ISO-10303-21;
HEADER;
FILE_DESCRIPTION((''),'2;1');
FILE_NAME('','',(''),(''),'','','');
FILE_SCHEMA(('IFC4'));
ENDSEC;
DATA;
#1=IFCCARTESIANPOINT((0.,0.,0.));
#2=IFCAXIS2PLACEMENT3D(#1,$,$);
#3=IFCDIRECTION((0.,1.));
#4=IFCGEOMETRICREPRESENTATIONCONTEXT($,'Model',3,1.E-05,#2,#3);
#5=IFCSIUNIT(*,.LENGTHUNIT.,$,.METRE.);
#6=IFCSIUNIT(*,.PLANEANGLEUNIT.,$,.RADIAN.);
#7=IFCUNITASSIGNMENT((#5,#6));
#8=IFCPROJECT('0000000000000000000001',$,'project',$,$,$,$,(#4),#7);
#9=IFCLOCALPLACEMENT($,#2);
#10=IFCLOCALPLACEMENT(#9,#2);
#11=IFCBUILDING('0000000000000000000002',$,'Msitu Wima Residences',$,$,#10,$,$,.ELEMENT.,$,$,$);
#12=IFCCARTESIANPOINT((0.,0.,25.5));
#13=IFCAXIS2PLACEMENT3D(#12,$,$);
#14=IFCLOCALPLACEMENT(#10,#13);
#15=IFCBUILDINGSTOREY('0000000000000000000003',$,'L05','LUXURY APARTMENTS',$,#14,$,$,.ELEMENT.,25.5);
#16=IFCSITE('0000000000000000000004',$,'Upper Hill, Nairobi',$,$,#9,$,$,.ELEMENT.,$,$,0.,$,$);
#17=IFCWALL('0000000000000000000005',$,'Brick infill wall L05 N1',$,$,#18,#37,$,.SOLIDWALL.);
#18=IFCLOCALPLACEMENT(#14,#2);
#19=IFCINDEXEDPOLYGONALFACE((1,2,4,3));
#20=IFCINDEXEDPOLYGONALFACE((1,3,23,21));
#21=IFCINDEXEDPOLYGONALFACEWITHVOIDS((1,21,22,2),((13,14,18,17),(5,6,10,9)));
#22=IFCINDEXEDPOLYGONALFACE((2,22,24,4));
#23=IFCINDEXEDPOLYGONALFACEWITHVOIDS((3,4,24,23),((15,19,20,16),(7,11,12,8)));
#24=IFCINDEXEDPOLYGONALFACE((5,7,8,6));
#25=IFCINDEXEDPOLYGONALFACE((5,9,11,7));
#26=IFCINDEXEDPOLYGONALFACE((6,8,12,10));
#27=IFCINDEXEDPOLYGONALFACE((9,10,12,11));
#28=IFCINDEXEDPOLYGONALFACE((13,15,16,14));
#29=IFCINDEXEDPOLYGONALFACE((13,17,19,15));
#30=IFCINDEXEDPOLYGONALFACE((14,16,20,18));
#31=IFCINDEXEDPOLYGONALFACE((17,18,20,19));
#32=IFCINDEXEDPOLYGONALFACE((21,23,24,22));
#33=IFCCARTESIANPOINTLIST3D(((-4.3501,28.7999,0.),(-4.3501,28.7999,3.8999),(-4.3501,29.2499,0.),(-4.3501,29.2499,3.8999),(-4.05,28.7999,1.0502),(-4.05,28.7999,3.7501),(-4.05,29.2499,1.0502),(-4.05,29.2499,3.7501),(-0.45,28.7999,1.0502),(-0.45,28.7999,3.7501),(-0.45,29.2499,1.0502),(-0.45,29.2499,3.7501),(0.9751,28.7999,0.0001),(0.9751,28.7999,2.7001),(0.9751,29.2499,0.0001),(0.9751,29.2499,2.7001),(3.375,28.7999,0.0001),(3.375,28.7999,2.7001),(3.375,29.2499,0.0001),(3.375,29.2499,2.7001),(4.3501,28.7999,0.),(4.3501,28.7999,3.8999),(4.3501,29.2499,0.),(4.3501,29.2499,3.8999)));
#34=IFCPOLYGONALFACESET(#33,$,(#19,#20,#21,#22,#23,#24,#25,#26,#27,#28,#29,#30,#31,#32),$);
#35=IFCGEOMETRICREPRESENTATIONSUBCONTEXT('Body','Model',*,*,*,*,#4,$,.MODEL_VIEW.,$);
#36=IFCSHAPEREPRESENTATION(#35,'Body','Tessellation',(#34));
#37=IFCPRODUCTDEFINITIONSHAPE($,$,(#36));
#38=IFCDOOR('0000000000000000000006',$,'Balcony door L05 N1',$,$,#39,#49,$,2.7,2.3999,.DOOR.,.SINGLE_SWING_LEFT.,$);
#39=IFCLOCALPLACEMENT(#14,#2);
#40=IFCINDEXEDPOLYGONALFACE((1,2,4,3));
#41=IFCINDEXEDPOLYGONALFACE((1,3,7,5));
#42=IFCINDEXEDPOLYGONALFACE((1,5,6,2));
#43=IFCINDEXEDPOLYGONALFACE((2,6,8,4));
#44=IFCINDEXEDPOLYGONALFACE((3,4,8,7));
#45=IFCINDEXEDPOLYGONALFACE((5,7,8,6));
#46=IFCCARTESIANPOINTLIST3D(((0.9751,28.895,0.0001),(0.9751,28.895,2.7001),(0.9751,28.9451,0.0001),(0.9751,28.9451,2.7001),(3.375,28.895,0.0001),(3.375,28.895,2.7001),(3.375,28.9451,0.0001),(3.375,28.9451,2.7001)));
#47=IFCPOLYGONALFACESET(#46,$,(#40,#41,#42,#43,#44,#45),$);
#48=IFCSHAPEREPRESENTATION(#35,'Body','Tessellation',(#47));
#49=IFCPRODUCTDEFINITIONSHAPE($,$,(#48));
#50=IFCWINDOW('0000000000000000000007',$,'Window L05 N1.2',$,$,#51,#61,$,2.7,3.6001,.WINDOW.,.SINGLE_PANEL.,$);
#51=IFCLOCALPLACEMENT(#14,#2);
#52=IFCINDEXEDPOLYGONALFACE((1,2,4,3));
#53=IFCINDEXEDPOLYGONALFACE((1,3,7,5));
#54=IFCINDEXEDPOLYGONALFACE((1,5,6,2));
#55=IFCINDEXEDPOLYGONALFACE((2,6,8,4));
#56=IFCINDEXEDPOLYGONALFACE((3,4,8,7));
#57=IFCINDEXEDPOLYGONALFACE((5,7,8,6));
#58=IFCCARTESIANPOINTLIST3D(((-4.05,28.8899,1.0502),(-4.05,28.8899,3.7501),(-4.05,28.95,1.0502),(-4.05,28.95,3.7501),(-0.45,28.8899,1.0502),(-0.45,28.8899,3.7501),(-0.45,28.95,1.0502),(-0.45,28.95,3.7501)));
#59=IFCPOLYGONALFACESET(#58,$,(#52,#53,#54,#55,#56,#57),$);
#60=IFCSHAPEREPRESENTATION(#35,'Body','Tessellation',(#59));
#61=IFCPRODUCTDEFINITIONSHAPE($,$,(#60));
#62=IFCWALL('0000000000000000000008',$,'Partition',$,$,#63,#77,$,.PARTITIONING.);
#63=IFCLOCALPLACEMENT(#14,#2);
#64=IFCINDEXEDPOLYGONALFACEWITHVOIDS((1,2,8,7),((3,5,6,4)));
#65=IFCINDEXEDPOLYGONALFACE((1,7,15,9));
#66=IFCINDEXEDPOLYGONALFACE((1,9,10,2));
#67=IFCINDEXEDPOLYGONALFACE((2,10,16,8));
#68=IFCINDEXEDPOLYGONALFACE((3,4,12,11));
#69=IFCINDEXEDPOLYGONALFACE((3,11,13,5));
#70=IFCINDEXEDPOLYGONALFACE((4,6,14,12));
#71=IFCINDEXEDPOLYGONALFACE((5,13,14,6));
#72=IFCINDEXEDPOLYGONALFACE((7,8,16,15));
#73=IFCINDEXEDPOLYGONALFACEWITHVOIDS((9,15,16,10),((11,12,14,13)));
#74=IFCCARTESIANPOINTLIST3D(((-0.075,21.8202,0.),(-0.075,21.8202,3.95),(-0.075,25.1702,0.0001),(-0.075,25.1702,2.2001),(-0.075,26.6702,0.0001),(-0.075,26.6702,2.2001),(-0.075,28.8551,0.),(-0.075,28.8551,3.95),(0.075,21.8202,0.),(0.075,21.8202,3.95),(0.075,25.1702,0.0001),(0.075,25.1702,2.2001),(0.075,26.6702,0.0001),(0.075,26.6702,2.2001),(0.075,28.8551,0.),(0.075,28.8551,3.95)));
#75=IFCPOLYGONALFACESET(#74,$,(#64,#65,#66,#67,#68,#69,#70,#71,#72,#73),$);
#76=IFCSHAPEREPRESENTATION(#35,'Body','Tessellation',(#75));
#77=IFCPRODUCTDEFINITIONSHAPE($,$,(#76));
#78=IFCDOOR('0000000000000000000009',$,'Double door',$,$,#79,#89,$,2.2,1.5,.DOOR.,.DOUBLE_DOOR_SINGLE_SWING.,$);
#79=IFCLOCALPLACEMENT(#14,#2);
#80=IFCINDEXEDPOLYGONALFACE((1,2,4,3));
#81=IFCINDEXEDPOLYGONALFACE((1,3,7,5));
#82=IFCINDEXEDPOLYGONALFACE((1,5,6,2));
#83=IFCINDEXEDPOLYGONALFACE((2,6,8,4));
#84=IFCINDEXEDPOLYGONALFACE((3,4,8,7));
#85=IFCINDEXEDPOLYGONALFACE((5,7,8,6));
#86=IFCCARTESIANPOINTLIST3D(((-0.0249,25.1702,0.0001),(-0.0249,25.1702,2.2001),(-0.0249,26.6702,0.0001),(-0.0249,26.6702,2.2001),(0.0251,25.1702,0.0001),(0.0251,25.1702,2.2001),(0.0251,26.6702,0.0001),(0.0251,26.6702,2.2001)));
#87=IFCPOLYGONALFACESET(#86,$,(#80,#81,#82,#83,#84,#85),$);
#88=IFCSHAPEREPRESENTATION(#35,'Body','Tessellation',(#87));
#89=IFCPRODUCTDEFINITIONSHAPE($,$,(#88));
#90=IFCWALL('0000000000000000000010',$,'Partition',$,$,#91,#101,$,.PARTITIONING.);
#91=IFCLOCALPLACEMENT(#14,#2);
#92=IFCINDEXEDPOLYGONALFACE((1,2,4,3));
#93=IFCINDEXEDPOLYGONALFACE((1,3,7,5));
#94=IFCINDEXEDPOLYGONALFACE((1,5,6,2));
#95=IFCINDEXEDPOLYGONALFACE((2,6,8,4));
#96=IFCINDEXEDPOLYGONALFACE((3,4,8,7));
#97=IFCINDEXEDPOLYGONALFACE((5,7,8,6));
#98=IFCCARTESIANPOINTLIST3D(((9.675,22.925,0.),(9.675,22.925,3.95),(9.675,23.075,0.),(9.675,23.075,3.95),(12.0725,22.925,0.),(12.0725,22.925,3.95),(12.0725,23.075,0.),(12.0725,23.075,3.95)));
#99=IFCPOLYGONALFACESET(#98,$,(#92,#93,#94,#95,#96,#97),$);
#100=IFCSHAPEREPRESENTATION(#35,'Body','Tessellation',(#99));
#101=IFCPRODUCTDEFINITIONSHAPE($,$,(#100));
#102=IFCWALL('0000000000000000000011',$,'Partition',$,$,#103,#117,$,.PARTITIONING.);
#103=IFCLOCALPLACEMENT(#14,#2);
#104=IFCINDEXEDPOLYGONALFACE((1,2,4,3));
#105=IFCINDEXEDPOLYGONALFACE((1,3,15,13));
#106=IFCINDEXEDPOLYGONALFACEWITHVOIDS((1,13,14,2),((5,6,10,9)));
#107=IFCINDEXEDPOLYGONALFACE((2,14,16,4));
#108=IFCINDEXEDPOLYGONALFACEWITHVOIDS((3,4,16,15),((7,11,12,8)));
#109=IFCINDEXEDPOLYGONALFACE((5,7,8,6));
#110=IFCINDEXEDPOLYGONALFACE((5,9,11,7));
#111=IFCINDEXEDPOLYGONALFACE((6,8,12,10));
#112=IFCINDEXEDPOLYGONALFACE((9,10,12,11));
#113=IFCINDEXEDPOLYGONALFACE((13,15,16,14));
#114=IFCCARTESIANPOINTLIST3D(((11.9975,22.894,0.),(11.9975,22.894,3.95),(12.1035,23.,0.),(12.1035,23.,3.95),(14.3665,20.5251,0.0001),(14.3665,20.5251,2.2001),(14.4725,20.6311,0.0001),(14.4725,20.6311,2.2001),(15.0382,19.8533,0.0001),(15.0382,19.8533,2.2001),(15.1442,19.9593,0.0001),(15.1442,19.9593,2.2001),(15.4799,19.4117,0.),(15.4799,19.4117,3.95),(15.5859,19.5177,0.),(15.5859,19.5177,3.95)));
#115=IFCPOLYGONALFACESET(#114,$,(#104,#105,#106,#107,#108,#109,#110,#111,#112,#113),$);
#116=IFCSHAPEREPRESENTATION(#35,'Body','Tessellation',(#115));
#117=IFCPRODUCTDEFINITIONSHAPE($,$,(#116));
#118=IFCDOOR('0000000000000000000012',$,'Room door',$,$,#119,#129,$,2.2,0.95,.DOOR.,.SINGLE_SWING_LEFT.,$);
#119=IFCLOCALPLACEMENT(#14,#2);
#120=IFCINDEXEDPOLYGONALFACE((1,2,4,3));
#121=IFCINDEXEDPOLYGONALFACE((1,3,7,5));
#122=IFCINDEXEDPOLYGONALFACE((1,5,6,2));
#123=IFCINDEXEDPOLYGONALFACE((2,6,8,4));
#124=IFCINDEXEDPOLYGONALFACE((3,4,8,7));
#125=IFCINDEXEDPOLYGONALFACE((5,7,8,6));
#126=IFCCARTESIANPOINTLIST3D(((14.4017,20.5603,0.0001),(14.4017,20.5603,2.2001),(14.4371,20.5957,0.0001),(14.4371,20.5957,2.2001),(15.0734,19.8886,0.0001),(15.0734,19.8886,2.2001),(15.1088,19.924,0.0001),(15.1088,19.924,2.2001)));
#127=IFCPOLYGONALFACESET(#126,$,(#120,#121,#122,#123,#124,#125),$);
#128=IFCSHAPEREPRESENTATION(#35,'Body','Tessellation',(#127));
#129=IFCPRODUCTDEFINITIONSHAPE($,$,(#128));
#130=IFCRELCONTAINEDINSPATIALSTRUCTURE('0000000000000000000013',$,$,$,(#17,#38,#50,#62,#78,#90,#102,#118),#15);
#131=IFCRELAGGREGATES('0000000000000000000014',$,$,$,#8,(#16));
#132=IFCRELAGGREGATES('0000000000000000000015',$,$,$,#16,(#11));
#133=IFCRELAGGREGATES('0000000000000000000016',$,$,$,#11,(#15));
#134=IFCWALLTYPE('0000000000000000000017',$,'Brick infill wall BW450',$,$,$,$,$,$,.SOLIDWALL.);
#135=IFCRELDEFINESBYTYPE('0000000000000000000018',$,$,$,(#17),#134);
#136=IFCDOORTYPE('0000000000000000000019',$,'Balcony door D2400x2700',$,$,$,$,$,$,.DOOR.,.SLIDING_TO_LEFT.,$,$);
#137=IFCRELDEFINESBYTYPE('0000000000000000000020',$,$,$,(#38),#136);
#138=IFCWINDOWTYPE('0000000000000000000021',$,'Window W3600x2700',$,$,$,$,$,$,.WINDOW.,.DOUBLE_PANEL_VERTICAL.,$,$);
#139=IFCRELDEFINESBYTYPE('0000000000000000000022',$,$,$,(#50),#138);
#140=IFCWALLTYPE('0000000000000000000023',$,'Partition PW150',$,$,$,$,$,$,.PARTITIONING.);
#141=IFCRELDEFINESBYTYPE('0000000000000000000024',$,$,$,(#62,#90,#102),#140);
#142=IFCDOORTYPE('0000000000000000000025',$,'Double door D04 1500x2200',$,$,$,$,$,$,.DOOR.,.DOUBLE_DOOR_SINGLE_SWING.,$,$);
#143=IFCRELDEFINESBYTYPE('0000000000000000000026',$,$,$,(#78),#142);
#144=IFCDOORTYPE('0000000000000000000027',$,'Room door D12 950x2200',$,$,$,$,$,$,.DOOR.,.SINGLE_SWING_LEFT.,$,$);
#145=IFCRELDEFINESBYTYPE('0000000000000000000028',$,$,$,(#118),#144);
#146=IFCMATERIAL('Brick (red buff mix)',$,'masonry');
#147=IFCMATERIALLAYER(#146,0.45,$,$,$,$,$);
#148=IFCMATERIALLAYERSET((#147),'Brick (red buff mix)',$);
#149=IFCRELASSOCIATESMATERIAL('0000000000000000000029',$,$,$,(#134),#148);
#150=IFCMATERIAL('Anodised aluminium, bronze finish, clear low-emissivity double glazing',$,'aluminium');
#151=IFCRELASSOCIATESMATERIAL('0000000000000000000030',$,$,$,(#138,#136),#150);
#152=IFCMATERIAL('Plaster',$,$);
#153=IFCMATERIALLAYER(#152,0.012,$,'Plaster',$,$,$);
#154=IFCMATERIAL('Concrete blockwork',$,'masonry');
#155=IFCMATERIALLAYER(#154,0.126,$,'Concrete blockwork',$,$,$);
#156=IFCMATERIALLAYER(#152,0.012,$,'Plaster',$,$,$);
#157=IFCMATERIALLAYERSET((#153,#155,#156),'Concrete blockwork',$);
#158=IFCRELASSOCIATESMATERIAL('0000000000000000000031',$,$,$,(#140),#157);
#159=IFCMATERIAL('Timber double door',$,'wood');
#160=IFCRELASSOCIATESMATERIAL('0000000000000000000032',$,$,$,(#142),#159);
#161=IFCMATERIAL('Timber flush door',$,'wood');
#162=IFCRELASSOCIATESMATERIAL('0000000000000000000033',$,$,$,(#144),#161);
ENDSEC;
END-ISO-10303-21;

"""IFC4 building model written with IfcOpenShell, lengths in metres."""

from ifc_helpers import new_model, si_unit, direction, frame, frame_2d, origin, place, context, subcontext, project, spatial, rectangle, extrude, material, layer, layer_set, type_object, element, fill, save


model = new_model("IFC4")

# Units and contexts
model_context = context("Model", 3, precision=1e-05, world=origin(), true_north=direction((0.0, 1.0)))
body_context = subcontext(model_context, "Body", "Model", "MODEL_VIEW")
ifc_project = project(units=[si_unit("LENGTHUNIT", "METRE"), si_unit("PLANEANGLEUNIT", "RADIAN")], contexts=[model_context])

# Site, building, storey
site_placement = place(None, origin())
site = spatial("IfcSite", under=ifc_project, at=site_placement, Name="Upper Hill, Nairobi", CompositionType="ELEMENT", RefElevation=0.0)
building_placement = place(site_placement, origin())
building = spatial("IfcBuilding", under=site, at=building_placement, Name="Msitu Wima Residences", CompositionType="ELEMENT")
storey_placement = place(building_placement, frame((0.0, 0.0, 25.5)))
storey = spatial("IfcBuildingStorey", under=building, at=storey_placement, Name="L05", Description="LUXURY APARTMENTS", CompositionType="ELEMENT", Elevation=25.5)

# Shared definitions
ifc_material_1 = material(Name="Brick (red buff mix)", Category="masonry")
ifc_layer_1 = layer(ifc_material_1, 0.45)
ifc_layer_set_1 = layer_set([ifc_layer_1], Name="Brick (red buff mix)")
wall_type_1 = type_object("IfcWallType", Name="Brick infill wall BW450", PredefinedType="SOLIDWALL", material=ifc_layer_set_1)
ifc_material_2 = material(Name="Anodised aluminium, bronze finish, clear low-emissivity double glazing", Category="aluminium")
window_type = type_object("IfcWindowType", Name="Window W3600x2700", PartitioningType="DOUBLE_PANEL_VERTICAL", PredefinedType="WINDOW", material=ifc_material_2)

# Wall, openings, door, window
wall_1_placement = place(storey_placement, frame((4.3501, 29.0249, 0.0), z_axis=(0.0, 0.0, 1.0), x_axis=(-1.0, 0.0, 0.0)))
wall_1 = element("IfcWall", 1, at=wall_1_placement, inside=storey, type_object=wall_type_1, Name="Brick infill wall L05 N1", PredefinedType="SOLIDWALL", context=body_context, shape_type="SweptSolid", body=[
    extrude(rectangle(XDim=8.7002, YDim=0.45, at=frame_2d((4.3501, 0.0))), origin(), (0.0, 0.0, 1.0), 3.8999),
])
opening_1_placement = place(wall_1_placement, frame((0.9751, 0.0, 0.0)))
opening_1 = element("IfcOpeningElement", 2, at=opening_1_placement, cuts=wall_1, PredefinedType="OPENING", context=body_context, shape_type="SweptSolid", body=[
    extrude(rectangle(XDim=2.3999, YDim=2.7, at=frame_2d((1.2, 1.3501))), frame((0.0, 0.2349, 0.0), z_axis=(0.0, -1.0, 0.0), x_axis=(1.0, 0.0, 0.0)), (0.0, 0.0, 1.0), 0.47),
])
opening_2_placement = place(wall_1_placement, frame((4.8, 0.0, 1.05)))
opening_2 = element("IfcOpeningElement", 3, at=opening_2_placement, cuts=wall_1, PredefinedType="OPENING", context=body_context, shape_type="SweptSolid", body=[
    extrude(rectangle(XDim=3.6001, YDim=2.7, at=frame_2d((1.8, 1.3501))), frame((0.0, 0.2349, 0.0), z_axis=(0.0, -1.0, 0.0), x_axis=(1.0, 0.0, 0.0)), (0.0, 0.0, 1.0), 0.47),
])
door_type_1 = type_object("IfcDoorType", Name="Balcony door D2400x2700", OperationType="SLIDING_TO_LEFT", PredefinedType="DOOR", material=ifc_material_2)
door_1_placement = place(opening_1_placement, origin())
door_1 = element("IfcDoor", 4, at=door_1_placement, inside=storey, type_object=door_type_1, Name="Balcony door L05 N1", OperationType="SINGLE_SWING_LEFT", OverallHeight=2.7, OverallWidth=2.3999, PredefinedType="DOOR", context=body_context, shape_type="SweptSolid", body=[
    extrude(rectangle(XDim=2.3999, YDim=2.7, at=frame_2d((1.2, 1.3501))), frame((0.0, 0.1299, 0.0), z_axis=(0.0, -1.0, 0.0), x_axis=(1.0, 0.0, 0.0)), (0.0, 0.0, 1.0), 0.05),
])
fill(opening_1, door_1)
window_1_placement = place(opening_2_placement, origin())
window_1 = element("IfcWindow", 5, at=window_1_placement, inside=storey, type_object=window_type, Name="Window L05 N1.2", OverallHeight=2.7, OverallWidth=3.6001, PartitioningType="SINGLE_PANEL", PredefinedType="WINDOW", context=body_context, shape_type="SweptSolid", body=[
    extrude(rectangle(XDim=3.6001, YDim=2.7, at=frame_2d((1.8, 1.3501))), frame((0.0, 0.135, 0.0), z_axis=(0.0, -1.0, 0.0), x_axis=(1.0, 0.0, 0.0)), (0.0, 0.0, 1.0), 0.0601),
])
fill(opening_2, window_1)

# Wall, opening, door
ifc_material_3 = material(Name="Plaster")
ifc_layer_2 = layer(ifc_material_3, 0.012, Name="Plaster")
ifc_material_4 = material(Name="Concrete blockwork", Category="masonry")
ifc_layer_3 = layer(ifc_material_4, 0.126, Name="Concrete blockwork")
ifc_layer_4 = layer(ifc_material_3, 0.012, Name="Plaster")
ifc_layer_set_2 = layer_set([ifc_layer_2, ifc_layer_3, ifc_layer_4], Name="Concrete blockwork")
wall_type_2 = type_object("IfcWallType", Name="Partition PW150", PredefinedType="PARTITIONING", material=ifc_layer_set_2)
wall_2_placement = place(storey_placement, frame((0.0, 21.8201, 0.0), z_axis=(0.0, 0.0, 1.0), x_axis=(0.0, 1.0, 0.0)))
wall_2 = element("IfcWall", 6, at=wall_2_placement, inside=storey, type_object=wall_type_2, Name="Partition", PredefinedType="PARTITIONING", context=body_context, shape_type="SweptSolid", body=[
    extrude(rectangle(XDim=7.0349, YDim=0.1499, at=frame_2d((3.5176, 0.0))), origin(), (0.0, 0.0, 1.0), 3.95),
])
opening_3_placement = place(wall_2_placement, frame((3.3501, 0.0, 0.0)))
opening_3 = element("IfcOpeningElement", 7, at=opening_3_placement, cuts=wall_2, PredefinedType="OPENING", context=body_context, shape_type="SweptSolid", body=[
    extrude(rectangle(XDim=1.5, YDim=2.2, at=frame_2d((0.75, 1.1001))), frame((0.0, 0.085, 0.0), z_axis=(0.0, -1.0, 0.0), x_axis=(1.0, 0.0, 0.0)), (0.0, 0.0, 1.0), 0.1699),
])
ifc_material_5 = material(Name="Timber double door", Category="wood")
door_type_2 = type_object("IfcDoorType", Name="Double door D04 1500x2200", OperationType="DOUBLE_DOOR_SINGLE_SWING", PredefinedType="DOOR", material=ifc_material_5)
door_2_placement = place(opening_3_placement, origin())
door_2 = element("IfcDoor", 8, at=door_2_placement, inside=storey, type_object=door_type_2, Name="Double door", OperationType="DOUBLE_DOOR_SINGLE_SWING", OverallHeight=2.2, OverallWidth=1.5, PredefinedType="DOOR", context=body_context, shape_type="SweptSolid", body=[
    extrude(rectangle(XDim=1.5, YDim=2.2, at=frame_2d((0.75, 1.1001))), frame((0.0, 0.0249, 0.0), z_axis=(0.0, -1.0, 0.0), x_axis=(1.0, 0.0, 0.0)), (0.0, 0.0, 1.0), 0.05),
])
fill(opening_3, door_2)

# Wall
wall_3_placement = place(storey_placement, frame((9.675, 23.0, 0.0), z_axis=(0.0, 0.0, 1.0), x_axis=(1.0, 0.0, 0.0)))
element("IfcWall", 9, at=wall_3_placement, inside=storey, type_object=wall_type_2, Name="Partition", PredefinedType="PARTITIONING", context=body_context, shape_type="SweptSolid", body=[
    extrude(rectangle(XDim=2.3975, YDim=0.1499, at=frame_2d((1.1987, 0.0))), origin(), (0.0, 0.0, 1.0), 3.95),
])

# Wall, opening, door
wall_4_placement = place(storey_placement, frame((12.0505, 22.947, 0.0), z_axis=(0.0, 0.0, 1.0), x_axis=(0.707107, -0.707107, 0.0)))
wall_4 = element("IfcWall", 10, at=wall_4_placement, inside=storey, type_object=wall_type_2, Name="Partition", PredefinedType="PARTITIONING", context=body_context, shape_type="SweptSolid", body=[
    extrude(rectangle(XDim=4.9248, YDim=0.1499, at=frame_2d((2.4624, 0.0))), origin(), (0.0, 0.0, 1.0), 3.95),
])
opening_4_placement = place(wall_4_placement, frame((3.3501, 0.0, 0.0)))
opening_4 = element("IfcOpeningElement", 11, at=opening_4_placement, cuts=wall_4, PredefinedType="OPENING", context=body_context, shape_type="SweptSolid", body=[
    extrude(rectangle(XDim=0.95, YDim=2.2, at=frame_2d((0.4751, 1.1001))), frame((0.0, 0.085, 0.0), z_axis=(0.0, -1.0, 0.0), x_axis=(1.0, 0.0, 0.0)), (0.0, 0.0, 1.0), 0.1699),
])
ifc_material_6 = material(Name="Timber flush door", Category="wood")
door_type_3 = type_object("IfcDoorType", Name="Room door D12 950x2200", OperationType="SINGLE_SWING_LEFT", PredefinedType="DOOR", material=ifc_material_6)
door_3_placement = place(opening_4_placement, origin())
door_3 = element("IfcDoor", 12, at=door_3_placement, inside=storey, type_object=door_type_3, Name="Room door", OperationType="SINGLE_SWING_LEFT", OverallHeight=2.2, OverallWidth=0.95, PredefinedType="DOOR", context=body_context, shape_type="SweptSolid", body=[
    extrude(rectangle(XDim=0.95, YDim=2.2, at=frame_2d((0.4751, 1.1001))), frame((0.0, 0.0249, 0.0), z_axis=(0.0, -1.0, 0.0), x_axis=(1.0, 0.0, 0.0)), (0.0, 0.0, 1.0), 0.05),
])
fill(opening_4, door_3)

save(model, "model.ifc")
